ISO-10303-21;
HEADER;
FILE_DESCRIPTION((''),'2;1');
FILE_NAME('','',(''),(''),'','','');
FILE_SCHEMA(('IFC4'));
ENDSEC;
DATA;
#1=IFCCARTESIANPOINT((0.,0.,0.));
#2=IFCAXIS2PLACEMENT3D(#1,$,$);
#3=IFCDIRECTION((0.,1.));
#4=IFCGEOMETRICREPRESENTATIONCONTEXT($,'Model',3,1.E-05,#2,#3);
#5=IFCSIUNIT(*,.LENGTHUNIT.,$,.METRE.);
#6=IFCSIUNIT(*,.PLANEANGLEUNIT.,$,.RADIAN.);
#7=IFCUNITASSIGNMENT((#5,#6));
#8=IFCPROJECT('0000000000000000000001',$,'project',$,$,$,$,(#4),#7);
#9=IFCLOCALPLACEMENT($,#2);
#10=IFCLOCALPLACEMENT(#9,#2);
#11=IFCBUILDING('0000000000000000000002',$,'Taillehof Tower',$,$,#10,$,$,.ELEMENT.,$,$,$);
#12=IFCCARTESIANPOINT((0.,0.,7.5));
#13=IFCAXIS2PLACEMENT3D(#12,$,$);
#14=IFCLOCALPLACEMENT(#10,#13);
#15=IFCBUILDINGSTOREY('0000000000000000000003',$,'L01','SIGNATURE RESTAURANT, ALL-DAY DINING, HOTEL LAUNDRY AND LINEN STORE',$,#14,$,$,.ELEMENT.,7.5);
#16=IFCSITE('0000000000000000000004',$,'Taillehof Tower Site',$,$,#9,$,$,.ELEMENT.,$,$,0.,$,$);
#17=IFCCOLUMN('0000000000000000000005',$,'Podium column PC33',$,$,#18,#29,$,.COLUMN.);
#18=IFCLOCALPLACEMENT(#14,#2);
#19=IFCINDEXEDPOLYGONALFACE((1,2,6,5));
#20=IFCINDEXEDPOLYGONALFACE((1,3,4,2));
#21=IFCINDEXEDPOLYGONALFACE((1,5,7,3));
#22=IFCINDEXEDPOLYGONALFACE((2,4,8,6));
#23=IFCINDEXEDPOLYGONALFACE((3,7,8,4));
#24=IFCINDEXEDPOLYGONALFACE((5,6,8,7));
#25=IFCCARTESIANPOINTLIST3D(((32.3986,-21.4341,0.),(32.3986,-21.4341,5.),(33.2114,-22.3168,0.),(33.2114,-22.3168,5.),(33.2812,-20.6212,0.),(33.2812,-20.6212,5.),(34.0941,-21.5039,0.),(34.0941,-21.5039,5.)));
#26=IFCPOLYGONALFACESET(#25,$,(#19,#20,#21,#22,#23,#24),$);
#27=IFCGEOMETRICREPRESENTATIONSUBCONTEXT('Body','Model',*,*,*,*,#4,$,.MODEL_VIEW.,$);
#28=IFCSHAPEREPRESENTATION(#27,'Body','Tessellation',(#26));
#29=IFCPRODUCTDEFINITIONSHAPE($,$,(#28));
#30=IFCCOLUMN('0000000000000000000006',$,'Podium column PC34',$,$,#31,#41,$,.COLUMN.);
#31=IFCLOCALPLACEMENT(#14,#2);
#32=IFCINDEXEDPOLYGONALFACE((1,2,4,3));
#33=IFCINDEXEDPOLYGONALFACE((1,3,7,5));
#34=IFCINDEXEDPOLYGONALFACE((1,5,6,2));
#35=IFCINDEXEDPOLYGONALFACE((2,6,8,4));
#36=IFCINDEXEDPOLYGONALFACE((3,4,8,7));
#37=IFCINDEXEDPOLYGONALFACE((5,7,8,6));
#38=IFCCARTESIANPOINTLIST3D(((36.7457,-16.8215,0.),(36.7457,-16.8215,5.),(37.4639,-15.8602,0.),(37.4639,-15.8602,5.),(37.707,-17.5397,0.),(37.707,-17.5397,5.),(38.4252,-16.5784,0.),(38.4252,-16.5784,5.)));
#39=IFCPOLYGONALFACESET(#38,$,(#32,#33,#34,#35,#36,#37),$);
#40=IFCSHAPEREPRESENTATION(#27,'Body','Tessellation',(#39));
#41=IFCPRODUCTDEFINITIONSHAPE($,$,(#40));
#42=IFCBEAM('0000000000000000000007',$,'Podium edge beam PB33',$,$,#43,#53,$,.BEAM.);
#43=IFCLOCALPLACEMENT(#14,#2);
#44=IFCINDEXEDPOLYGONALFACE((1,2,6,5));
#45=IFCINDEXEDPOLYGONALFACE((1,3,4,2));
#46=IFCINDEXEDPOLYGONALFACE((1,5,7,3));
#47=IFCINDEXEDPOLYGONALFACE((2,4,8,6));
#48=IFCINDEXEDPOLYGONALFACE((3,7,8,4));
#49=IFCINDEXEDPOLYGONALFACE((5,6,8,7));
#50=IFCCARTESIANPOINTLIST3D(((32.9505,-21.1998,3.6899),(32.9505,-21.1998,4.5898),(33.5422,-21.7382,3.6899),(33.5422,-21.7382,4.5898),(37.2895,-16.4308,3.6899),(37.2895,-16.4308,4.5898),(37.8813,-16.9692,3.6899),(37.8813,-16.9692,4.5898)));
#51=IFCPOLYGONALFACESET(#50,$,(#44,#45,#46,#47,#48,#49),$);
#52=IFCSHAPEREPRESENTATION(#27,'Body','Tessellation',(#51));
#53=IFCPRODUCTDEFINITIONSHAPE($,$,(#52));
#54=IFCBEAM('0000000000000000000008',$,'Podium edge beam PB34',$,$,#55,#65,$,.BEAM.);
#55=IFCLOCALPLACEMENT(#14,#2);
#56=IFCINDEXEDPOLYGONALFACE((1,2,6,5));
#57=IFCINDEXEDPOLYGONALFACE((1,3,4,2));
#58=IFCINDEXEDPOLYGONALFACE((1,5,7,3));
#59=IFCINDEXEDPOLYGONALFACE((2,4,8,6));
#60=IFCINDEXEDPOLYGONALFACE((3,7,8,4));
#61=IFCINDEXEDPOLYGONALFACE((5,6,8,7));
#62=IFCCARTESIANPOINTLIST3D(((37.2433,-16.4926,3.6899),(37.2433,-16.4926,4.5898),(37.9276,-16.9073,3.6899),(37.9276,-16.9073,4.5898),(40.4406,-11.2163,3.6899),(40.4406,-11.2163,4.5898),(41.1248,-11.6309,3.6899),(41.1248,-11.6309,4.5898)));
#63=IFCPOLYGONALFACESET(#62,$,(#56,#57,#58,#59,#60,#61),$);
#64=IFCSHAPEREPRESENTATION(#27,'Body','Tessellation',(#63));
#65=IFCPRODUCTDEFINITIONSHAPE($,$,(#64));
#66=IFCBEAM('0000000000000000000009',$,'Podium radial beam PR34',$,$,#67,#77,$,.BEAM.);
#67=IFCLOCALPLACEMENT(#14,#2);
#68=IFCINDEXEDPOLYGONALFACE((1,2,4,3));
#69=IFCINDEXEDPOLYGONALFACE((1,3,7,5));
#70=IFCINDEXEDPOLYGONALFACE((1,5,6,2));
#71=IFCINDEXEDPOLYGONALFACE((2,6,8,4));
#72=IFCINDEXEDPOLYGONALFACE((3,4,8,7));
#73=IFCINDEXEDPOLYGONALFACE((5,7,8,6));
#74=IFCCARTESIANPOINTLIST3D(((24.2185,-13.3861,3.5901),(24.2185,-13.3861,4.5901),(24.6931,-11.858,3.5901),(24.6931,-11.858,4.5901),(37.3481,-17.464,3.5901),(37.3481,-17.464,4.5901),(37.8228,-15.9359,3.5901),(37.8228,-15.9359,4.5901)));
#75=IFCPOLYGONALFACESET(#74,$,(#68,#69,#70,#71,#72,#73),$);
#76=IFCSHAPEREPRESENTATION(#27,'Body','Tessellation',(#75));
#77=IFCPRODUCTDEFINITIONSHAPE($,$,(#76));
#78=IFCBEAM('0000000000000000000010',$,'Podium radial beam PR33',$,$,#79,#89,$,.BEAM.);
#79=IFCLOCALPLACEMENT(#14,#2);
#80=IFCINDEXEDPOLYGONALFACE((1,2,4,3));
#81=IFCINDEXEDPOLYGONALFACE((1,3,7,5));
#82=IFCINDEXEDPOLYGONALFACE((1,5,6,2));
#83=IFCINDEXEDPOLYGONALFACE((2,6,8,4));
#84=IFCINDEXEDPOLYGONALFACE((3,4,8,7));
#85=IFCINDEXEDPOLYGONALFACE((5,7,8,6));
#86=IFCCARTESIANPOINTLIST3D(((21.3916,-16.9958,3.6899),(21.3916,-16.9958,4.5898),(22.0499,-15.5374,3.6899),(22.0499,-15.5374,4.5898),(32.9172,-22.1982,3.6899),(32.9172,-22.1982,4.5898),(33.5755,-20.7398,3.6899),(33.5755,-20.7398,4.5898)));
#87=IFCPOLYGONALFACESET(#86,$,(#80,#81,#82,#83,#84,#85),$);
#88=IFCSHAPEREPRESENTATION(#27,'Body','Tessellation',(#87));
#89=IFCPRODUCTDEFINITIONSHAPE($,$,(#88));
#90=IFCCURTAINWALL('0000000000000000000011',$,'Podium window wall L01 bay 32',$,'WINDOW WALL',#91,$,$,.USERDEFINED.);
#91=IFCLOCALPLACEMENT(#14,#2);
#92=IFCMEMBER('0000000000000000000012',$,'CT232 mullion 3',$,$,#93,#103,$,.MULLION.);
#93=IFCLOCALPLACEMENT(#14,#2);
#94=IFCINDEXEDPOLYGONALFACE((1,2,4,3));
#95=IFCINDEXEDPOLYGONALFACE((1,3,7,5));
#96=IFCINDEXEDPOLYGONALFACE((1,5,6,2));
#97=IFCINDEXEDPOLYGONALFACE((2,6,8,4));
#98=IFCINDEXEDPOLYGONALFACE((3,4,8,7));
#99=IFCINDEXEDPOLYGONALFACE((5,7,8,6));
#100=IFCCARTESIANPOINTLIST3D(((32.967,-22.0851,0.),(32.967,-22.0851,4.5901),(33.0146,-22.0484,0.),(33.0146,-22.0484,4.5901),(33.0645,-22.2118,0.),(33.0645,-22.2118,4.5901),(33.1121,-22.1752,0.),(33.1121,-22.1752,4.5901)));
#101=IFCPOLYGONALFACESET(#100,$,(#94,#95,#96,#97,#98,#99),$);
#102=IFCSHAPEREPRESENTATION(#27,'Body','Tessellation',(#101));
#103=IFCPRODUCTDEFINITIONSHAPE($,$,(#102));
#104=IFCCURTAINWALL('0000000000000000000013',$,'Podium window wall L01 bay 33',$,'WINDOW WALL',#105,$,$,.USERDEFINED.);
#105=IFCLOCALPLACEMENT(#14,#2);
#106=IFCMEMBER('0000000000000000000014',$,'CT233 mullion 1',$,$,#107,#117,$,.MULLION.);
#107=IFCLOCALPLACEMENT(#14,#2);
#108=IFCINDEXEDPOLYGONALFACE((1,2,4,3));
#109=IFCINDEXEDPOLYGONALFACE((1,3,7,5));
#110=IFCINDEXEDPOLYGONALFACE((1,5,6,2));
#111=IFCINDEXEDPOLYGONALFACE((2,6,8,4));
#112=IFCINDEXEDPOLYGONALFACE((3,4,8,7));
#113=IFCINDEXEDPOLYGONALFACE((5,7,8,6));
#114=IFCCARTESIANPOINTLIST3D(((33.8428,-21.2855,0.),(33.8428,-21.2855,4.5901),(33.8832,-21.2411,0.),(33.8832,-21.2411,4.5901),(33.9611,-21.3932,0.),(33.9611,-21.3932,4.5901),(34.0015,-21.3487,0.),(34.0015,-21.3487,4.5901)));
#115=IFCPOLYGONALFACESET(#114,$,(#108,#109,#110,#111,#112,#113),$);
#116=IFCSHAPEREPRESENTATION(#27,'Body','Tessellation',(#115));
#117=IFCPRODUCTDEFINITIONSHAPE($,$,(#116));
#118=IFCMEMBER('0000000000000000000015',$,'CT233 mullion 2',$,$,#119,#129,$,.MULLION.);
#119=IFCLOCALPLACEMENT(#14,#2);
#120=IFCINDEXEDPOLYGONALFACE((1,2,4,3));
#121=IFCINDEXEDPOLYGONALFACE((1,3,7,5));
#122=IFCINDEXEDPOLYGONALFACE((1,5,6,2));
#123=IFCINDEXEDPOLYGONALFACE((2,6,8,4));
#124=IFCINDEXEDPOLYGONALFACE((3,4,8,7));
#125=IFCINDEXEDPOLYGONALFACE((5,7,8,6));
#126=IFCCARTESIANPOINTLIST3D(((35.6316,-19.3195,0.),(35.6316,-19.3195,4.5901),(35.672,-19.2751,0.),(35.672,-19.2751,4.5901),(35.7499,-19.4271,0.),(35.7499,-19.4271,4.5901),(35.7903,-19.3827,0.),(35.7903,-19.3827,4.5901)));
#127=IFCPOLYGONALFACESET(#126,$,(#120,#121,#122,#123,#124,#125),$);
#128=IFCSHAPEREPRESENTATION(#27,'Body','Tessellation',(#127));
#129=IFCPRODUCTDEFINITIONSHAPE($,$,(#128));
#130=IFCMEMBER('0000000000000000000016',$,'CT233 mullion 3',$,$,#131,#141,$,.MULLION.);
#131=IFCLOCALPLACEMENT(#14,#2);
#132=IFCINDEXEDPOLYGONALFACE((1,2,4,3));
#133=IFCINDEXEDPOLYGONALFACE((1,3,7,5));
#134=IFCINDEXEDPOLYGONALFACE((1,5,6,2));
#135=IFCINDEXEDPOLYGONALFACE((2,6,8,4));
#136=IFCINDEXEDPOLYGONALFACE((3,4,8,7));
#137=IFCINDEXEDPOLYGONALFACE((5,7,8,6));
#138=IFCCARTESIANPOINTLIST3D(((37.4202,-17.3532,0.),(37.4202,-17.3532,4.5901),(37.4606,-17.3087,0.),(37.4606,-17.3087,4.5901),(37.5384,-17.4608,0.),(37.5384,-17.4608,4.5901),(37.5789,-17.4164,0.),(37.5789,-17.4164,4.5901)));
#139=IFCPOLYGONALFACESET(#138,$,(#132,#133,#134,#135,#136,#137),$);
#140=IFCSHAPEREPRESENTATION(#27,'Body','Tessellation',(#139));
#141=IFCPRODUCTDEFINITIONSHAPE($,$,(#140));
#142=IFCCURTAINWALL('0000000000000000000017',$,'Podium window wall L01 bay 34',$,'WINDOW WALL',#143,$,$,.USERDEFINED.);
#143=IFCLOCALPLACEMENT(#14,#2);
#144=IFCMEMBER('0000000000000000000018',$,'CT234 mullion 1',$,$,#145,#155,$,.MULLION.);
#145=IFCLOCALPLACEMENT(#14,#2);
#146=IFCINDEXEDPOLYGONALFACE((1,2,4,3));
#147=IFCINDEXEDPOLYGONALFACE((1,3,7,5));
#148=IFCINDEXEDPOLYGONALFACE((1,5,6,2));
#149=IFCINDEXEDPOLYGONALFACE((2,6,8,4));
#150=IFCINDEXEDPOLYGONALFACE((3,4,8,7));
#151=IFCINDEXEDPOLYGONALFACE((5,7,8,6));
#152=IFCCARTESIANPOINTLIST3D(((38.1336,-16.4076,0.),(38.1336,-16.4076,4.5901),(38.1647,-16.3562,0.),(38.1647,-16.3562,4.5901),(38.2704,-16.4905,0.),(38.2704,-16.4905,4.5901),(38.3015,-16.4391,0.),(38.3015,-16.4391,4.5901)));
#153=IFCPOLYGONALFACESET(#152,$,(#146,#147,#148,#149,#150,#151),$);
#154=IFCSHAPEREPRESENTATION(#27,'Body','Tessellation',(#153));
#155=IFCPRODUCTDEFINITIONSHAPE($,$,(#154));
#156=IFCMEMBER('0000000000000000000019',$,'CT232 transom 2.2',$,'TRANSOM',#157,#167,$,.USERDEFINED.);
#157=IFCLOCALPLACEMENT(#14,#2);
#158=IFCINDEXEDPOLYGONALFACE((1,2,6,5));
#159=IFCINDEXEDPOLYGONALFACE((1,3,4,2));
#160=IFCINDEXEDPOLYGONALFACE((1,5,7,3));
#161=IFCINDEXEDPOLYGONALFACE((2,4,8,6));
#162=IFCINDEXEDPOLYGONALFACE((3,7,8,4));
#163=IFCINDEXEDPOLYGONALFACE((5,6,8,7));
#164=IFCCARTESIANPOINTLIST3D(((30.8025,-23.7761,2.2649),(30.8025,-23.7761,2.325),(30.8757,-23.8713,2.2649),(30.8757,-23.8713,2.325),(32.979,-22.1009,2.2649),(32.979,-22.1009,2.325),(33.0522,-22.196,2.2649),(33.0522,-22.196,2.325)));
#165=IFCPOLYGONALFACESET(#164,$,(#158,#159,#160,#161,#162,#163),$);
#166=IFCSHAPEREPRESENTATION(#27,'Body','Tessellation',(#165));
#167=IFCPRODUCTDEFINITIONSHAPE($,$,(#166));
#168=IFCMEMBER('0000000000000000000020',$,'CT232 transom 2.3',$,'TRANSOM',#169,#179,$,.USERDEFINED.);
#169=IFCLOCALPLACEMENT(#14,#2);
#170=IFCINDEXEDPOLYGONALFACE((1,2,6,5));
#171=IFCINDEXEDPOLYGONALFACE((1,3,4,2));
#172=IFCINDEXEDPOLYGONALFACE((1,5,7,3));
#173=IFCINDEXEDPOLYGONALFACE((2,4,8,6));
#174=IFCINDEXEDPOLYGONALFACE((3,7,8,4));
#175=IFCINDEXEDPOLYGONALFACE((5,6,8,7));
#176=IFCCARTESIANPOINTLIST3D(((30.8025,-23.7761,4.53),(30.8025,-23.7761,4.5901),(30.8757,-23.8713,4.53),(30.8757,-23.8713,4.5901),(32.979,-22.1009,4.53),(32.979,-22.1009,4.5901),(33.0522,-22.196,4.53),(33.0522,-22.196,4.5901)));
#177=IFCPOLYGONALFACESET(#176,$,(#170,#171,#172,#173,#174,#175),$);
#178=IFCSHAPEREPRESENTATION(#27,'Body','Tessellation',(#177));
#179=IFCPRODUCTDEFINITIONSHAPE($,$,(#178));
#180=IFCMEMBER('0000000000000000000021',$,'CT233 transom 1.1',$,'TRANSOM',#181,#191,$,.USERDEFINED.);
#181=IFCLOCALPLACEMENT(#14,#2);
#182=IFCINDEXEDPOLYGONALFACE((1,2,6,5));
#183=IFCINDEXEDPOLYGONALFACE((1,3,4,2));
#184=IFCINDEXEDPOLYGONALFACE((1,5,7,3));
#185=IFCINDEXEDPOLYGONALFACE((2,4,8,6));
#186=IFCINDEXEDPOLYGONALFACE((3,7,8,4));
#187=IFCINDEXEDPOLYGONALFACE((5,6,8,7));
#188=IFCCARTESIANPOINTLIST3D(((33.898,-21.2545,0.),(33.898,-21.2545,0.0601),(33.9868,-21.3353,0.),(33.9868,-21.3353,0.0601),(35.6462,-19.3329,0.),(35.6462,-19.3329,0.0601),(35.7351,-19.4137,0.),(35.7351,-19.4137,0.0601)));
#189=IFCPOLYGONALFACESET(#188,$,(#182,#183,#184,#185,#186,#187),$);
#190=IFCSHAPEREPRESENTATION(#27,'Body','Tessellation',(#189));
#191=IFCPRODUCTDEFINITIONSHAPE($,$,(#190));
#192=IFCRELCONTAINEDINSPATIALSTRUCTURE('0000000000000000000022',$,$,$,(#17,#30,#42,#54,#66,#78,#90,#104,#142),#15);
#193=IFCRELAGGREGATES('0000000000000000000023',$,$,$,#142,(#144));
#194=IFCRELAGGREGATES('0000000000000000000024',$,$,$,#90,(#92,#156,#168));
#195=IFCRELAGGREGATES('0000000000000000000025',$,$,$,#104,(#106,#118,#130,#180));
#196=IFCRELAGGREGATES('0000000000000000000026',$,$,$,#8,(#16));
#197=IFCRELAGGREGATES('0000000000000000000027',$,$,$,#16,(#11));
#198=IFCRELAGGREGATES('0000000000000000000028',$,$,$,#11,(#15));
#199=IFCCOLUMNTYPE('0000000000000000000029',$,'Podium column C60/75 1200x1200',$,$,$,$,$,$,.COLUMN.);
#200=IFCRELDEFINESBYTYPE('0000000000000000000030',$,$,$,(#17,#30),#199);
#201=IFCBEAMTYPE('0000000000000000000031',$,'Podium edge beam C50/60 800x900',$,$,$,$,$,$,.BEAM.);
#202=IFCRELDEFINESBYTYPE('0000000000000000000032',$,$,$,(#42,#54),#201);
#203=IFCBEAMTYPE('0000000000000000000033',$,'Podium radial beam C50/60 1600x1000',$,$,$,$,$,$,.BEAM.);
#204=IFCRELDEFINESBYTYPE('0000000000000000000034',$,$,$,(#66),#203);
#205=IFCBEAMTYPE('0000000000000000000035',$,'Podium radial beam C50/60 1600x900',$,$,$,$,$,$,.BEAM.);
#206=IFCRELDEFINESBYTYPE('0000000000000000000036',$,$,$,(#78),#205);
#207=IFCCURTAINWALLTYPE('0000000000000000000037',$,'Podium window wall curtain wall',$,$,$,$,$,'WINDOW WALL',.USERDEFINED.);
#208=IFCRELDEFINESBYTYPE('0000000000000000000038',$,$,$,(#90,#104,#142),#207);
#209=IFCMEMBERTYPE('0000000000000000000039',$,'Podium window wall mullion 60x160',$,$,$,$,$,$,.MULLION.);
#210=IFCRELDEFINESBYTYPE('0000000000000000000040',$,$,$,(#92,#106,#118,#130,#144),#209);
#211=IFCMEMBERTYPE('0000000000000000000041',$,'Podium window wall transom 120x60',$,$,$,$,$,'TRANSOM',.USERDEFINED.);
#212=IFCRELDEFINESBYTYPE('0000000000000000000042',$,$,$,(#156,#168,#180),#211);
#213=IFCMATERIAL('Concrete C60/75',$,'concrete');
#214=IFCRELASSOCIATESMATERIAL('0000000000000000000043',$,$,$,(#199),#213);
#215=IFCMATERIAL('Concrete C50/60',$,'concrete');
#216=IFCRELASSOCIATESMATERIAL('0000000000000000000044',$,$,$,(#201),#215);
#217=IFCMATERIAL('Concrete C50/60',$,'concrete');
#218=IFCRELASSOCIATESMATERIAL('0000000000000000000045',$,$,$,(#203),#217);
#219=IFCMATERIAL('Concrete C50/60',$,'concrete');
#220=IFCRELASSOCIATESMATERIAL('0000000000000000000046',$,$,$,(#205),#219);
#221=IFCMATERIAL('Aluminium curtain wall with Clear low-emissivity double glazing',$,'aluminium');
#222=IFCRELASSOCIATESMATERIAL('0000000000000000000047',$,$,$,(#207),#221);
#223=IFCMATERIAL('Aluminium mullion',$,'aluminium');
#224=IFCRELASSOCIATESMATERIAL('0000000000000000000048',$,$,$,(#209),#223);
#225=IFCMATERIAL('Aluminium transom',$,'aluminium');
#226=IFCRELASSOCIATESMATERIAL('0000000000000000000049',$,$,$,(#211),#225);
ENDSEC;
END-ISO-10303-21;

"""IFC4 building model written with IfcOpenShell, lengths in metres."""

from ifc_helpers import new_model, si_unit, direction, frame, origin, origin_2d, place, context, subcontext, project, spatial, rectangle, extrude, material, material_profile, profile_set, type_object, element, aggregate, save


model = new_model("IFC4")

# Units and contexts
model_context = context("Model", 3, precision=1e-05, world=origin(), true_north=direction((0.0, 1.0)))
body_context = subcontext(model_context, "Body", "Model", "MODEL_VIEW")
ifc_project = project(units=[si_unit("LENGTHUNIT", "METRE"), si_unit("PLANEANGLEUNIT", "RADIAN")], contexts=[model_context])

# Site, building, storey
site_placement = place(None, origin())
site = spatial("IfcSite", under=ifc_project, at=site_placement, Name="Taillehof Tower Site", CompositionType="ELEMENT", RefElevation=0.0)
building_placement = place(site_placement, origin())
building = spatial("IfcBuilding", under=site, at=building_placement, Name="Taillehof Tower", CompositionType="ELEMENT")
storey_placement = place(building_placement, frame((0.0, 0.0, 7.5)))
storey = spatial("IfcBuildingStorey", under=building, at=storey_placement, Name="L01", Description="SIGNATURE RESTAURANT, ALL-DAY DINING, HOTEL LAUNDRY AND LINEN STORE", CompositionType="ELEMENT", Elevation=7.5)

# Columns
ifc_material_1 = material(Name="Concrete C60/75", Category="concrete")
ifc_material_profile_1 = material_profile(ifc_material_1, rectangle(XDim=1.2, YDim=1.2, at=origin_2d()), Name="RC 1200x1200")
ifc_profile_set_1 = profile_set([ifc_material_profile_1], Name="Concrete C60/75")
column_type = type_object("IfcColumnType", Name="Podium column C60/75 1200x1200", PredefinedType="COLUMN", material=ifc_profile_set_1)
for number, where, z_axis, x_axis, name in (
    (1, (33.2463, -21.469, 0.0), (0.0, 0.0, 1.0), (0.677415, -0.735601, 0.0), "Podium column PC33"),
    (2, (37.5854, -16.7, 0.0), (0.0, 0.0, 1.0), (0.801091, -0.598542, 0.0), "Podium column PC34"),
):
    element("IfcColumn", number, at=place(storey_placement, frame(where, z_axis=z_axis, x_axis=x_axis)), inside=storey, type_object=column_type, Name=name, PredefinedType="COLUMN", context=body_context, shape_type="SweptSolid", body=[
        extrude(rectangle(XDim=1.2, YDim=1.2, at=origin_2d()), origin(), (0.0, 0.0, 1.0), 5.0),
    ])

# Beams
ifc_material_2 = material(Name="Concrete C50/60", Category="concrete")
ifc_material_profile_2 = material_profile(ifc_material_2, rectangle(XDim=0.8, YDim=0.8999, at=origin_2d()), Name="RC 800x900")
ifc_profile_set_2 = profile_set([ifc_material_profile_2], Name="Concrete C50/60")
beam_type_1 = type_object("IfcBeamType", Name="Podium edge beam C50/60 800x900", PredefinedType="BEAM", material=ifc_profile_set_2)
beam_1_placement = place(storey_placement, frame((33.2463, -21.469, 4.1399), z_axis=(0.67298, 0.739661, 0.0), x_axis=(-0.739661, 0.67298, 0.0)))
element("IfcBeam", 3, at=beam_1_placement, inside=storey, type_object=beam_type_1, Name="Podium edge beam PB33", PredefinedType="BEAM", context=body_context, shape_type="SweptSolid", body=[
    extrude(rectangle(XDim=0.8, YDim=0.8999, at=origin_2d()), origin(), (0.0, 0.0, 1.0), 6.4475),
])
beam_2_placement = place(storey_placement, frame((37.5854, -16.7, 4.1399), z_axis=(0.518239, 0.855236, 0.0), x_axis=(-0.855236, 0.518239, 0.0)))
element("IfcBeam", 4, at=beam_2_placement, inside=storey, type_object=beam_type_1, Name="Podium edge beam PB34", PredefinedType="BEAM", context=body_context, shape_type="SweptSolid", body=[
    extrude(rectangle(XDim=0.8, YDim=0.8999, at=origin_2d()), origin(), (0.0, 0.0, 1.0), 6.1694),
])
ifc_material_3 = material(Name="Concrete C50/60", Category="concrete")
ifc_material_profile_3 = material_profile(ifc_material_3, rectangle(XDim=1.6001, YDim=1.0, at=origin_2d()), Name="RC 1600x1000")
ifc_profile_set_3 = profile_set([ifc_material_profile_3], Name="Concrete C50/60")
beam_type_2 = type_object("IfcBeamType", Name="Podium radial beam C50/60 1600x1000", PredefinedType="BEAM", material=ifc_profile_set_3)
beam_3_placement = place(storey_placement, frame((37.5854, -16.7, 4.0901), z_axis=(-0.954999, 0.296609, 0.0), x_axis=(-0.296609, -0.954999, 0.0)))
element("IfcBeam", 5, at=beam_3_placement, inside=storey, type_object=beam_type_2, Name="Podium radial beam PR34", PredefinedType="BEAM", context=body_context, shape_type="SweptSolid", body=[
    extrude(rectangle(XDim=1.6001, YDim=1.0, at=origin_2d()), origin(), (0.0, 0.0, 1.0), 13.7483),
])
ifc_material_4 = material(Name="Concrete C50/60", Category="concrete")
ifc_material_profile_4 = material_profile(ifc_material_4, rectangle(XDim=1.6001, YDim=0.8999, at=origin_2d()), Name="RC 1600x900")
ifc_profile_set_4 = profile_set([ifc_material_profile_4], Name="Concrete C50/60")
beam_type_3 = type_object("IfcBeamType", Name="Podium radial beam C50/60 1600x900", PredefinedType="BEAM", material=ifc_profile_set_4)
beam_4_placement = place(storey_placement, frame((33.2463, -21.469, 4.1399), z_axis=(-0.911452, 0.411407, 0.0), x_axis=(-0.411407, -0.911452, 0.0)))
element("IfcBeam", 6, at=beam_4_placement, inside=storey, type_object=beam_type_3, Name="Podium radial beam PR33", PredefinedType="BEAM", context=body_context, shape_type="SweptSolid", body=[
    extrude(rectangle(XDim=1.6001, YDim=0.8999, at=origin_2d()), origin(), (0.0, 0.0, 1.0), 12.6453),
])

# Curtain wall, member
ifc_material_5 = material(Name="Aluminium curtain wall with Clear low-emissivity double glazing", Category="aluminium")
curtain_wall_type = type_object("IfcCurtainWallType", Name="Podium window wall curtain wall", ElementType="WINDOW WALL", PredefinedType="USERDEFINED", material=ifc_material_5)
curtain_wall_1_placement = place(storey_placement, origin())
curtain_wall_1 = element("IfcCurtainWall", 7, at=curtain_wall_1_placement, inside=storey, type_object=curtain_wall_type, Name="Podium window wall L01 bay 32", ObjectType="WINDOW WALL", PredefinedType="USERDEFINED")
ifc_material_6 = material(Name="Aluminium mullion", Category="aluminium")
ifc_material_profile_5 = material_profile(ifc_material_6, rectangle(XDim=0.1599, YDim=0.0601, at=origin_2d()), Name="AL 60x160")
ifc_profile_set_5 = profile_set([ifc_material_profile_5], Name="Aluminium mullion")
member_type_1 = type_object("IfcMemberType", Name="Podium window wall mullion 60x160", PredefinedType="MULLION", material=ifc_profile_set_5)
member_1_placement = place(storey_placement, frame((33.0396, -22.1301, 0.0), z_axis=(0.0, 0.0, 1.0), x_axis=(-0.609932, 0.792454, 0.0)))
member_1 = element("IfcMember", 8, at=member_1_placement, type_object=member_type_1, Name="CT232 mullion 3", PredefinedType="MULLION", context=body_context, shape_type="SweptSolid", body=[
    extrude(rectangle(XDim=0.1599, YDim=0.0601, at=origin_2d()), origin(), (0.0, 0.0, 1.0), 4.5901),
])

# Curtain wall, members
curtain_wall_2_placement = place(storey_placement, origin())
curtain_wall_2 = element("IfcCurtainWall", 9, at=curtain_wall_2_placement, inside=storey, type_object=curtain_wall_type, Name="Podium window wall L01 bay 33", ObjectType="WINDOW WALL", PredefinedType="USERDEFINED")
member_2_placement = place(storey_placement, frame((33.9221, -21.3171, 0.0), z_axis=(0.0, 0.0, 1.0), x_axis=(-0.739707, 0.672929, 0.0)))
member_2 = element("IfcMember", 10, at=member_2_placement, type_object=member_type_1, Name="CT233 mullion 1", PredefinedType="MULLION", context=body_context, shape_type="SweptSolid", body=[
    extrude(rectangle(XDim=0.1599, YDim=0.0601, at=origin_2d()), origin(), (0.0, 0.0, 1.0), 4.5901),
])
member_3_placement = place(storey_placement, frame((35.7109, -19.3511, 0.0), z_axis=(0.0, 0.0, 1.0), x_axis=(-0.739707, 0.672929, 0.0)))
member_3 = element("IfcMember", 11, at=member_3_placement, type_object=member_type_1, Name="CT233 mullion 2", PredefinedType="MULLION", context=body_context, shape_type="SweptSolid", body=[
    extrude(rectangle(XDim=0.1599, YDim=0.0601, at=origin_2d()), origin(), (0.0, 0.0, 1.0), 4.5901),
])
member_4_placement = place(storey_placement, frame((37.4995, -17.3848, 0.0), z_axis=(0.0, 0.0, 1.0), x_axis=(-0.739707, 0.672929, 0.0)))
member_4 = element("IfcMember", 12, at=member_4_placement, type_object=member_type_1, Name="CT233 mullion 3", PredefinedType="MULLION", context=body_context, shape_type="SweptSolid", body=[
    extrude(rectangle(XDim=0.1599, YDim=0.0601, at=origin_2d()), origin(), (0.0, 0.0, 1.0), 4.5901),
])

# Curtain wall, member
curtain_wall_3_placement = place(storey_placement, origin())
curtain_wall_3 = element("IfcCurtainWall", 13, at=curtain_wall_3_placement, inside=storey, type_object=curtain_wall_type, Name="Podium window wall L01 bay 34", ObjectType="WINDOW WALL", PredefinedType="USERDEFINED")
member_5_placement = place(storey_placement, frame((38.2175, -16.4233, 0.0), z_axis=(0.0, 0.0, 1.0), x_axis=(-0.855289, 0.518151, 0.0)))
member_5 = element("IfcMember", 14, at=member_5_placement, type_object=member_type_1, Name="CT234 mullion 1", PredefinedType="MULLION", context=body_context, shape_type="SweptSolid", body=[
    extrude(rectangle(XDim=0.1599, YDim=0.0601, at=origin_2d()), origin(), (0.0, 0.0, 1.0), 4.5901),
])

# Members
ifc_material_7 = material(Name="Aluminium transom", Category="aluminium")
ifc_material_profile_6 = material_profile(ifc_material_7, rectangle(XDim=0.1201, YDim=0.0601, at=origin_2d()), Name="AL 120x60")
ifc_profile_set_6 = profile_set([ifc_material_profile_6], Name="Aluminium transom")
member_type_2 = type_object("IfcMemberType", Name="Podium window wall transom 120x60", ElementType="TRANSOM", PredefinedType="USERDEFINED", material=ifc_profile_set_6)
member_6_placement = place(storey_placement, frame((30.8391, -23.8237, 2.2949), z_axis=(0.792439, 0.609951, 0.0), x_axis=(-0.609951, 0.792439, 0.0)))
member_6 = element("IfcMember", 15, at=member_6_placement, type_object=member_type_2, Name="CT232 transom 2.2", ObjectType="TRANSOM", PredefinedType="USERDEFINED", context=body_context, shape_type="SweptSolid", body=[
    extrude(rectangle(XDim=0.1201, YDim=0.0601, at=origin_2d()), origin(), (0.0, 0.0, 1.0), 2.7466),
])
member_7_placement = place(storey_placement, frame((30.8391, -23.8237, 4.5601), z_axis=(0.792439, 0.609951, 0.0), x_axis=(-0.609951, 0.792439, 0.0)))
member_7 = element("IfcMember", 16, at=member_7_placement, type_object=member_type_2, Name="CT232 transom 2.3", ObjectType="TRANSOM", PredefinedType="USERDEFINED", context=body_context, shape_type="SweptSolid", body=[
    extrude(rectangle(XDim=0.1201, YDim=0.0601, at=origin_2d()), origin(), (0.0, 0.0, 1.0), 2.7466),
])
member_8_placement = place(storey_placement, frame((33.9424, -21.2949, 0.03), z_axis=(0.672958, 0.739681, 0.0), x_axis=(-0.739681, 0.672958, 0.0)))
member_8 = element("IfcMember", 17, at=member_8_placement, type_object=member_type_2, Name="CT233 transom 1.1", ObjectType="TRANSOM", PredefinedType="USERDEFINED", context=body_context, shape_type="SweptSolid", body=[
    extrude(rectangle(XDim=0.1201, YDim=0.0601, at=origin_2d()), origin(), (0.0, 0.0, 1.0), 2.5979),
])
aggregate(curtain_wall_3, [member_5])

aggregate(curtain_wall_1, [member_1, member_6, member_7])
aggregate(curtain_wall_2, [member_2, member_3, member_4, member_8])

save(model, "model.ifc")
